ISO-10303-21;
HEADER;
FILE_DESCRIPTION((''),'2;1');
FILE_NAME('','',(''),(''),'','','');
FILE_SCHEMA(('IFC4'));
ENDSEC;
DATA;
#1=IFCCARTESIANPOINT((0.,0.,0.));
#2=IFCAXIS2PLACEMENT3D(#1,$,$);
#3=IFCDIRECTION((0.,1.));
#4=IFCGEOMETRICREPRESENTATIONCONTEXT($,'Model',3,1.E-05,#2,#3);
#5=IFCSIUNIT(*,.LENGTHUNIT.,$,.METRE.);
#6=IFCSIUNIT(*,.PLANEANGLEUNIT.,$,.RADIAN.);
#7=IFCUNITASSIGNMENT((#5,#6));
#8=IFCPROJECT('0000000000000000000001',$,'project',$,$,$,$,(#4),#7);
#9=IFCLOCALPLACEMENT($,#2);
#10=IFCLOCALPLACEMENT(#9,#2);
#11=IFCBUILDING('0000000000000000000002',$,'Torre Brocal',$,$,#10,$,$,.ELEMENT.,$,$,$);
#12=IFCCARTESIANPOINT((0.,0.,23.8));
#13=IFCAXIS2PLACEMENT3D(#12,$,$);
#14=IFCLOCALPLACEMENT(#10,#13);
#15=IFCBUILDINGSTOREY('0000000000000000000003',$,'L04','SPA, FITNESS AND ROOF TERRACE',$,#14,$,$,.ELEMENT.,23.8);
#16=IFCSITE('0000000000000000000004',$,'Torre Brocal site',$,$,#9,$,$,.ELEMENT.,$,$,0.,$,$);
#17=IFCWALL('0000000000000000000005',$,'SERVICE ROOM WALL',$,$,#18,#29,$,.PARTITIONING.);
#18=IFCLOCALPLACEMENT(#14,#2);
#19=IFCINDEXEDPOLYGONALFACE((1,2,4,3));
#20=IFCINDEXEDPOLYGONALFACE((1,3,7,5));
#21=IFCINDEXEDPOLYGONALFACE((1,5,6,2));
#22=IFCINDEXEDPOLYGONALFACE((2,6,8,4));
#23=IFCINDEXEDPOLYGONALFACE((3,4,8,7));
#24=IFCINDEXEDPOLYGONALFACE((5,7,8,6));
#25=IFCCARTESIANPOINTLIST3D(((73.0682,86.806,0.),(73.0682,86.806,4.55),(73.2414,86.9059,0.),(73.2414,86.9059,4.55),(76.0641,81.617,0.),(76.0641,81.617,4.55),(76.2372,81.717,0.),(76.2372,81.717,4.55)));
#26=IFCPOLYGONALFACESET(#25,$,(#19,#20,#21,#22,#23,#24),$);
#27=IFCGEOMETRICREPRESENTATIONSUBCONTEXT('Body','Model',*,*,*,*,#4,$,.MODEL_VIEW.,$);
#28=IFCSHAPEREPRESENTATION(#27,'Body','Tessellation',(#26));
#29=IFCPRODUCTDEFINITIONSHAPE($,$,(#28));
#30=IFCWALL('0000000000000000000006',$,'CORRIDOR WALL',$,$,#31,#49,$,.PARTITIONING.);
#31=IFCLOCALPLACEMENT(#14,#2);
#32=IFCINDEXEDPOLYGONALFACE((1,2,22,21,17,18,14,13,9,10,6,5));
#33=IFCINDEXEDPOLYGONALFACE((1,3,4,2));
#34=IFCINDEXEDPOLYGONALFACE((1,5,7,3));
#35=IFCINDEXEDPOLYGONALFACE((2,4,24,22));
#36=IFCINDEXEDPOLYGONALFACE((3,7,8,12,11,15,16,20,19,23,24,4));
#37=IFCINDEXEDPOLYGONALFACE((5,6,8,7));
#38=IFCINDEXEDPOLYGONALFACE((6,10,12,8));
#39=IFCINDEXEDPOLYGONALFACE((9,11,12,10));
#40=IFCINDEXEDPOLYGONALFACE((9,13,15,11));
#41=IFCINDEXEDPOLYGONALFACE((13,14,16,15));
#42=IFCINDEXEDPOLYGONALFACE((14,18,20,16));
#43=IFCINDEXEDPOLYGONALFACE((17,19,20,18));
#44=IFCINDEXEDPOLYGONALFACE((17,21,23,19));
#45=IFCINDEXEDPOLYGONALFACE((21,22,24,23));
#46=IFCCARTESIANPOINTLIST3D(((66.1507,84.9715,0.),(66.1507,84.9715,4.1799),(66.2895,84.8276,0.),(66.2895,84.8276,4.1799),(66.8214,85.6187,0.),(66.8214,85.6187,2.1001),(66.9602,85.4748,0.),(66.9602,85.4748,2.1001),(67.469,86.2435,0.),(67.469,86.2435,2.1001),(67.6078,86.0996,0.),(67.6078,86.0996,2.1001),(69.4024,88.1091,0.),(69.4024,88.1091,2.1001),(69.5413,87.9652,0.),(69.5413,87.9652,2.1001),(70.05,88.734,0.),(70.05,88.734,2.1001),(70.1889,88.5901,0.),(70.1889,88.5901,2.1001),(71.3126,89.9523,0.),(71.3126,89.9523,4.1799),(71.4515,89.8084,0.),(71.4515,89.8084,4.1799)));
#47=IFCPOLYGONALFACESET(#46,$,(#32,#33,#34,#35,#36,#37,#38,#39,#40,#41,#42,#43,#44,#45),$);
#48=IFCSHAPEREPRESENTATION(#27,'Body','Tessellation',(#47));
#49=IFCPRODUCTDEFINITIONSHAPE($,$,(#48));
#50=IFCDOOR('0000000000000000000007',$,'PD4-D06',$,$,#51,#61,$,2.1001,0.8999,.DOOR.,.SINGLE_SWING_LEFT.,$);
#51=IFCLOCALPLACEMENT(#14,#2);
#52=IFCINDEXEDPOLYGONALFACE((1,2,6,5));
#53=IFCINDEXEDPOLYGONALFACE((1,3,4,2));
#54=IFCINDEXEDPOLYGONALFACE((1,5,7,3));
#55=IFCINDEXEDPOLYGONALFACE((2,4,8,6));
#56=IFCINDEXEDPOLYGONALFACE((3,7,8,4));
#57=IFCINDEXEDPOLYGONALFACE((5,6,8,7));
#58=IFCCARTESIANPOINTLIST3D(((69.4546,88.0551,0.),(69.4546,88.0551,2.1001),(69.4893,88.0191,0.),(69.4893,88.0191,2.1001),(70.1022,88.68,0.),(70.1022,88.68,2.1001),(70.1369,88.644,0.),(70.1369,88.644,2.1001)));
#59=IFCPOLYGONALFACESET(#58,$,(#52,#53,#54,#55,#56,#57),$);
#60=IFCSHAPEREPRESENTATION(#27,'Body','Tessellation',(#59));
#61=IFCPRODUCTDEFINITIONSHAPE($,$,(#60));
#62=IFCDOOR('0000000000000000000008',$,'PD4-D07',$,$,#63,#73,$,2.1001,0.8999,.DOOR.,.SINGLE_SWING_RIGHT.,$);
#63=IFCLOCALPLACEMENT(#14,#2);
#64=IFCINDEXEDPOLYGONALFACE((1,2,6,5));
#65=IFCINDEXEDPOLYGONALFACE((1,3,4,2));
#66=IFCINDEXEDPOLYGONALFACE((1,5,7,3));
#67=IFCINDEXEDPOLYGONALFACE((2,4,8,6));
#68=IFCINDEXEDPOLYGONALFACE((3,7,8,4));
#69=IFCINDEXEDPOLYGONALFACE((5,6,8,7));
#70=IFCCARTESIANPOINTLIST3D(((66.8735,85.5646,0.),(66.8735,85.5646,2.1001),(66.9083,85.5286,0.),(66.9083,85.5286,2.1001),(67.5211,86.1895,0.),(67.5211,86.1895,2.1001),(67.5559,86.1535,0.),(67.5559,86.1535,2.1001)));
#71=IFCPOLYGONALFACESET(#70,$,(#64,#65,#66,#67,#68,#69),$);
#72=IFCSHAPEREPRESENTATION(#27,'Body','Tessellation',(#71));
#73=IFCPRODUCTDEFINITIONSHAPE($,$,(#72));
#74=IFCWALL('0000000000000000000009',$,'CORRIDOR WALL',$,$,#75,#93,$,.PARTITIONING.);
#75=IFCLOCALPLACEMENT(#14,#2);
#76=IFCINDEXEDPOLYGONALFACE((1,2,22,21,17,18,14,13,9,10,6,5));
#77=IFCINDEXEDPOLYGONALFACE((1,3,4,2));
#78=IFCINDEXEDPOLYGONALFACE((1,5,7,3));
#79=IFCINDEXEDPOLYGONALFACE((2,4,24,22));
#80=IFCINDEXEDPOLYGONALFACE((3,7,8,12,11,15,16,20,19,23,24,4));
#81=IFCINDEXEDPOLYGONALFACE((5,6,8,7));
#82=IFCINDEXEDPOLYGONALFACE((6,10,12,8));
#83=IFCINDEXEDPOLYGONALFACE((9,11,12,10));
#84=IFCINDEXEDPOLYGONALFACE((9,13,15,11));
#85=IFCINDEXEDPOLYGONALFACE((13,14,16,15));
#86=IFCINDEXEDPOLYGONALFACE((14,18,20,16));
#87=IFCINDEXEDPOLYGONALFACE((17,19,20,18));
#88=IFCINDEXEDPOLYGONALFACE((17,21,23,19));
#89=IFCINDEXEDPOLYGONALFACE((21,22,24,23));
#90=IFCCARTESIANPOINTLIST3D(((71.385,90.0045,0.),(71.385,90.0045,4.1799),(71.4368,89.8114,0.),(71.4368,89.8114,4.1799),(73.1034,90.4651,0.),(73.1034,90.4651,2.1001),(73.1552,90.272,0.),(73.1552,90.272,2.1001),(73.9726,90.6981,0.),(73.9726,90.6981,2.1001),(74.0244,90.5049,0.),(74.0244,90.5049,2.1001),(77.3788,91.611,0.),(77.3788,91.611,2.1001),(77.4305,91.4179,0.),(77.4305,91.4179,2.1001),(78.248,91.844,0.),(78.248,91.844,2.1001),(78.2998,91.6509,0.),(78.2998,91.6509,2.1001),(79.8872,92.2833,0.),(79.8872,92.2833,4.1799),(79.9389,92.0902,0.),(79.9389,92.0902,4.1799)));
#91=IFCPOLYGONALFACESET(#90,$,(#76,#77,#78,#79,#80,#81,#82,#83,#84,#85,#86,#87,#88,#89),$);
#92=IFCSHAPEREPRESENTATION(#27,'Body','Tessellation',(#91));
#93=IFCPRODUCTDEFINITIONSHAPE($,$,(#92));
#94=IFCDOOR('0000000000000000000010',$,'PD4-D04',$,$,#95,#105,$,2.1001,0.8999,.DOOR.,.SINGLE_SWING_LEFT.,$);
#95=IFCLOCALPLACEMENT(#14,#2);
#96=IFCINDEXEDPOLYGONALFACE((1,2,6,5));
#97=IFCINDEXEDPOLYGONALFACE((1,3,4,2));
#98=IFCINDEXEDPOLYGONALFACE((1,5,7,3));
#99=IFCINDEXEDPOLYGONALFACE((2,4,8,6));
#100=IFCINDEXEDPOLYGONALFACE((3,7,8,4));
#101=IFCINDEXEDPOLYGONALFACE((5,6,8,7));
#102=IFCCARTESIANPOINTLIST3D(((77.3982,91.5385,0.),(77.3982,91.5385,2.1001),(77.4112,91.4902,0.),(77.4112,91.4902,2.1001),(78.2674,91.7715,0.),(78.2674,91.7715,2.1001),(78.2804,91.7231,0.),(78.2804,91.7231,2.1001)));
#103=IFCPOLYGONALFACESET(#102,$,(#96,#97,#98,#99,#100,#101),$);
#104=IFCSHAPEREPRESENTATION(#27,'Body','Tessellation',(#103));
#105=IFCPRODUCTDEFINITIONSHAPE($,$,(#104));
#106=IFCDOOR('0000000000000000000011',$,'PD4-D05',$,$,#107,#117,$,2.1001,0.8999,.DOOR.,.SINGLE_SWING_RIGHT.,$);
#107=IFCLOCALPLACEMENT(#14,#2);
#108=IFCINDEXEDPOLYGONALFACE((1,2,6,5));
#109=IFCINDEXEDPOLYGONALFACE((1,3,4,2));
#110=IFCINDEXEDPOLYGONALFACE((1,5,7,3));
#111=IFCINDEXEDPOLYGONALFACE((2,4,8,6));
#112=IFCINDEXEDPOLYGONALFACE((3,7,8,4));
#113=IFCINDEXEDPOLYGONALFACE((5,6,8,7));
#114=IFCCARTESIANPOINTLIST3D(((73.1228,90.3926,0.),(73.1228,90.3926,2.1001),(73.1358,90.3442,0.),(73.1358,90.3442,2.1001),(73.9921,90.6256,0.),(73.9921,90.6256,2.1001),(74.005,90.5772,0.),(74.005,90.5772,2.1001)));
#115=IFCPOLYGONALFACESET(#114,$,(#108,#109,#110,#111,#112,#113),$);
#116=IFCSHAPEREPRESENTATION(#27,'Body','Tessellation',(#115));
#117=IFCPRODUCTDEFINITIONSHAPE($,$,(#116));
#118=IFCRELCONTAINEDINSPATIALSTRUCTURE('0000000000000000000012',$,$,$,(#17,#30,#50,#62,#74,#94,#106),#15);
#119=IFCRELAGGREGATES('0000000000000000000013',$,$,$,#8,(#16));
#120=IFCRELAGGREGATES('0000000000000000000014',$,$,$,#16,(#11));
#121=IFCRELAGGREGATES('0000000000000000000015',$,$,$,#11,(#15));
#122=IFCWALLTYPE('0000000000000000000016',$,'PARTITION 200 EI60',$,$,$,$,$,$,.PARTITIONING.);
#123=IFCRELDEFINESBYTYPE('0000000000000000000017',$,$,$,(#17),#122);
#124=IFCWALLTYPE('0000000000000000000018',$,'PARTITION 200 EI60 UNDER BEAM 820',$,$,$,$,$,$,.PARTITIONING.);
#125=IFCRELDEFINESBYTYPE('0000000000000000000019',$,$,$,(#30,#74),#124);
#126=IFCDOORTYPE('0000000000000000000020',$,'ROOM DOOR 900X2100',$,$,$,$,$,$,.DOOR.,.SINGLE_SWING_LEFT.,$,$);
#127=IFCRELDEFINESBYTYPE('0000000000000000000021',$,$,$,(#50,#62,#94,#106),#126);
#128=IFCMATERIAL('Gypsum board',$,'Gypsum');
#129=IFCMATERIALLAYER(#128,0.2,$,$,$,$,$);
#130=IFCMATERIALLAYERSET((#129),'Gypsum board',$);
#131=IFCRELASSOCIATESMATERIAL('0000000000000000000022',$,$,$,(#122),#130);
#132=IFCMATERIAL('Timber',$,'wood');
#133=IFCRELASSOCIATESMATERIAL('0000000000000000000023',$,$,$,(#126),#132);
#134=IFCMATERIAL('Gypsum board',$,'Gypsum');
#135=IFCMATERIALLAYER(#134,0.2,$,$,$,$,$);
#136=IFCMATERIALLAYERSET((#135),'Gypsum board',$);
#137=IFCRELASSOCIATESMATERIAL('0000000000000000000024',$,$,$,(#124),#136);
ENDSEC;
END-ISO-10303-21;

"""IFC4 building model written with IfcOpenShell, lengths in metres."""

from ifc_helpers import new_model, si_unit, direction, frame, frame_2d, origin, place, context, subcontext, project, spatial, rectangle, extrude, material, layer, layer_set, type_object, element, fill, save


model = new_model("IFC4")

# Units and contexts
model_context = context("Model", 3, precision=1e-05, world=origin(), true_north=direction((0.0, 1.0)))
body_context = subcontext(model_context, "Body", "Model", "MODEL_VIEW")
ifc_project = project(units=[si_unit("LENGTHUNIT", "METRE"), si_unit("PLANEANGLEUNIT", "RADIAN")], contexts=[model_context])

# Site, building, storey
site_placement = place(None, origin())
site = spatial("IfcSite", under=ifc_project, at=site_placement, Name="Torre Brocal site", CompositionType="ELEMENT", RefElevation=0.0)
building_placement = place(site_placement, origin())
building = spatial("IfcBuilding", under=site, at=building_placement, Name="Torre Brocal", CompositionType="ELEMENT")
storey_placement = place(building_placement, frame((0.0, 0.0, 23.8)))
storey = spatial("IfcBuildingStorey", under=building, at=storey_placement, Name="L04", Description="SPA, FITNESS AND ROOF TERRACE", CompositionType="ELEMENT", Elevation=23.8)

# Shared definitions
ifc_material_1 = material(Name="Gypsum board", Category="Gypsum")
ifc_layer_1 = layer(ifc_material_1, 0.2)
ifc_layer_set_1 = layer_set([ifc_layer_1], Name="Gypsum board")
wall_type_1 = type_object("IfcWallType", Name="PARTITION 200 EI60", PredefinedType="PARTITIONING", material=ifc_layer_set_1)
ifc_material_2 = material(Name="Timber", Category="wood")
door_type = type_object("IfcDoorType", Name="ROOM DOOR 900X2100", OperationType="SINGLE_SWING_LEFT", PredefinedType="DOOR", material=ifc_material_2)

# Wall
wall_1_placement = place(storey_placement, frame((73.1548, 86.856, 0.0), z_axis=(0.0, 0.0, 1.0), x_axis=(0.5, -0.866025, 0.0)))
element("IfcWall", 1, at=wall_1_placement, inside=storey, type_object=wall_type_1, Name="SERVICE ROOM WALL", PredefinedType="PARTITIONING", context=body_context, shape_type="SweptSolid", body=[
    extrude(rectangle(XDim=5.9917, YDim=0.2, at=frame_2d((2.9958, 0.0))), origin(), (0.0, 0.0, 1.0), 4.55),
])

# Walls, openings, doors
ifc_material_3 = material(Name="Gypsum board", Category="Gypsum")
ifc_layer_2 = layer(ifc_material_3, 0.2)
ifc_layer_set_2 = layer_set([ifc_layer_2], Name="Gypsum board")
wall_type_2 = type_object("IfcWallType", Name="PARTITION 200 EI60 UNDER BEAM 820", PredefinedType="PARTITIONING", material=ifc_layer_set_2)
wall_2_placement = place(storey_placement, frame((66.2202, 84.8997, 0.0), z_axis=(0.0, 0.0, 1.0), x_axis=(0.719621, 0.694367, 0.0)))
wall_2 = element("IfcWall", 2, at=wall_2_placement, inside=storey, type_object=wall_type_2, Name="CORRIDOR WALL", PredefinedType="PARTITIONING", context=body_context, shape_type="SweptSolid", body=[
    extrude(rectangle(XDim=7.1731, YDim=0.2, at=frame_2d((3.5864, 0.0))), origin(), (0.0, 0.0, 1.0), 4.1799),
])
opening_1_placement = place(wall_2_placement, frame((4.5186, 0.0, 0.0)))
opening_1 = element("IfcOpeningElement", 3, at=opening_1_placement, cuts=wall_2, PredefinedType="OPENING", context=body_context, shape_type="SweptSolid", body=[
    extrude(rectangle(XDim=0.8999, YDim=2.1001, at=frame_2d((0.45, 1.05))), frame((0.0, 0.1099, 0.0), z_axis=(0.0, -1.0, 0.0), x_axis=(1.0, 0.0, 0.0)), (0.0, 0.0, 1.0), 0.22),
])
opening_2_placement = place(wall_2_placement, frame((0.9319, 0.0, 0.0)))
opening_2 = element("IfcOpeningElement", 4, at=opening_2_placement, cuts=wall_2, PredefinedType="OPENING", context=body_context, shape_type="SweptSolid", body=[
    extrude(rectangle(XDim=0.8999, YDim=2.1001, at=frame_2d((0.45, 1.05))), frame((0.0, 0.1099, 0.0), z_axis=(0.0, -1.0, 0.0), x_axis=(1.0, 0.0, 0.0)), (0.0, 0.0, 1.0), 0.22),
])
door_1_placement = place(opening_1_placement, origin())
door_1 = element("IfcDoor", 5, at=door_1_placement, inside=storey, type_object=door_type, Name="PD4-D06", OperationType="SINGLE_SWING_LEFT", OverallHeight=2.1001, OverallWidth=0.8999, PredefinedType="DOOR", context=body_context, shape_type="SweptSolid", body=[
    extrude(rectangle(XDim=0.8999, YDim=2.1001, at=frame_2d((0.45, 1.05))), frame((0.0, 0.0249, 0.0), z_axis=(0.0, -1.0, 0.0), x_axis=(1.0, 0.0, 0.0)), (0.0, 0.0, 1.0), 0.05),
])
fill(opening_1, door_1)
door_2_placement = place(opening_2_placement, origin())
door_2 = element("IfcDoor", 6, at=door_2_placement, inside=storey, type_object=door_type, Name="PD4-D07", OperationType="SINGLE_SWING_RIGHT", OverallHeight=2.1001, OverallWidth=0.8999, PredefinedType="DOOR", context=body_context, shape_type="SweptSolid", body=[
    extrude(rectangle(XDim=0.8999, YDim=2.1001, at=frame_2d((0.45, 1.05))), frame((0.0, 0.0249, 0.0), z_axis=(0.0, -1.0, 0.0), x_axis=(1.0, 0.0, 0.0)), (0.0, 0.0, 1.0), 0.05),
])
fill(opening_2, door_2)
wall_3_placement = place(storey_placement, frame((71.4109, 89.908, 0.0), z_axis=(0.0, 0.0, 1.0), x_axis=(0.965907, 0.258888, 0.0)))
wall_3 = element("IfcWall", 7, at=wall_3_placement, inside=storey, type_object=wall_type_2, Name="CORRIDOR WALL", PredefinedType="PARTITIONING", context=body_context, shape_type="SweptSolid", body=[
    extrude(rectangle(XDim=8.8022, YDim=0.2, at=frame_2d((4.4011, 0.0))), origin(), (0.0, 0.0, 1.0), 4.1799),
])
opening_3_placement = place(wall_3_placement, frame((6.2053, 0.0, 0.0)))
opening_3 = element("IfcOpeningElement", 8, at=opening_3_placement, cuts=wall_3, PredefinedType="OPENING", context=body_context, shape_type="SweptSolid", body=[
    extrude(rectangle(XDim=0.8999, YDim=2.1001, at=frame_2d((0.45, 1.05))), frame((0.0, 0.1099, 0.0), z_axis=(0.0, -1.0, 0.0), x_axis=(1.0, 0.0, 0.0)), (0.0, 0.0, 1.0), 0.22),
])
opening_4_placement = place(wall_3_placement, frame((1.7791, 0.0, 0.0)))
opening_4 = element("IfcOpeningElement", 9, at=opening_4_placement, cuts=wall_3, PredefinedType="OPENING", context=body_context, shape_type="SweptSolid", body=[
    extrude(rectangle(XDim=0.8999, YDim=2.1001, at=frame_2d((0.45, 1.05))), frame((0.0, 0.1099, 0.0), z_axis=(0.0, -1.0, 0.0), x_axis=(1.0, 0.0, 0.0)), (0.0, 0.0, 1.0), 0.22),
])
door_3_placement = place(opening_3_placement, origin())
door_3 = element("IfcDoor", 10, at=door_3_placement, inside=storey, type_object=door_type, Name="PD4-D04", OperationType="SINGLE_SWING_LEFT", OverallHeight=2.1001, OverallWidth=0.8999, PredefinedType="DOOR", context=body_context, shape_type="SweptSolid", body=[
    extrude(rectangle(XDim=0.8999, YDim=2.1001, at=frame_2d((0.45, 1.05))), frame((0.0, 0.0249, 0.0), z_axis=(0.0, -1.0, 0.0), x_axis=(1.0, 0.0, 0.0)), (0.0, 0.0, 1.0), 0.05),
])
fill(opening_3, door_3)
door_4_placement = place(opening_4_placement, origin())
door_4 = element("IfcDoor", 11, at=door_4_placement, inside=storey, type_object=door_type, Name="PD4-D05", OperationType="SINGLE_SWING_RIGHT", OverallHeight=2.1001, OverallWidth=0.8999, PredefinedType="DOOR", context=body_context, shape_type="SweptSolid", body=[
    extrude(rectangle(XDim=0.8999, YDim=2.1001, at=frame_2d((0.45, 1.05))), frame((0.0, 0.0249, 0.0), z_axis=(0.0, -1.0, 0.0), x_axis=(1.0, 0.0, 0.0)), (0.0, 0.0, 1.0), 0.05),
])
fill(opening_4, door_4)

save(model, "model.ifc")
